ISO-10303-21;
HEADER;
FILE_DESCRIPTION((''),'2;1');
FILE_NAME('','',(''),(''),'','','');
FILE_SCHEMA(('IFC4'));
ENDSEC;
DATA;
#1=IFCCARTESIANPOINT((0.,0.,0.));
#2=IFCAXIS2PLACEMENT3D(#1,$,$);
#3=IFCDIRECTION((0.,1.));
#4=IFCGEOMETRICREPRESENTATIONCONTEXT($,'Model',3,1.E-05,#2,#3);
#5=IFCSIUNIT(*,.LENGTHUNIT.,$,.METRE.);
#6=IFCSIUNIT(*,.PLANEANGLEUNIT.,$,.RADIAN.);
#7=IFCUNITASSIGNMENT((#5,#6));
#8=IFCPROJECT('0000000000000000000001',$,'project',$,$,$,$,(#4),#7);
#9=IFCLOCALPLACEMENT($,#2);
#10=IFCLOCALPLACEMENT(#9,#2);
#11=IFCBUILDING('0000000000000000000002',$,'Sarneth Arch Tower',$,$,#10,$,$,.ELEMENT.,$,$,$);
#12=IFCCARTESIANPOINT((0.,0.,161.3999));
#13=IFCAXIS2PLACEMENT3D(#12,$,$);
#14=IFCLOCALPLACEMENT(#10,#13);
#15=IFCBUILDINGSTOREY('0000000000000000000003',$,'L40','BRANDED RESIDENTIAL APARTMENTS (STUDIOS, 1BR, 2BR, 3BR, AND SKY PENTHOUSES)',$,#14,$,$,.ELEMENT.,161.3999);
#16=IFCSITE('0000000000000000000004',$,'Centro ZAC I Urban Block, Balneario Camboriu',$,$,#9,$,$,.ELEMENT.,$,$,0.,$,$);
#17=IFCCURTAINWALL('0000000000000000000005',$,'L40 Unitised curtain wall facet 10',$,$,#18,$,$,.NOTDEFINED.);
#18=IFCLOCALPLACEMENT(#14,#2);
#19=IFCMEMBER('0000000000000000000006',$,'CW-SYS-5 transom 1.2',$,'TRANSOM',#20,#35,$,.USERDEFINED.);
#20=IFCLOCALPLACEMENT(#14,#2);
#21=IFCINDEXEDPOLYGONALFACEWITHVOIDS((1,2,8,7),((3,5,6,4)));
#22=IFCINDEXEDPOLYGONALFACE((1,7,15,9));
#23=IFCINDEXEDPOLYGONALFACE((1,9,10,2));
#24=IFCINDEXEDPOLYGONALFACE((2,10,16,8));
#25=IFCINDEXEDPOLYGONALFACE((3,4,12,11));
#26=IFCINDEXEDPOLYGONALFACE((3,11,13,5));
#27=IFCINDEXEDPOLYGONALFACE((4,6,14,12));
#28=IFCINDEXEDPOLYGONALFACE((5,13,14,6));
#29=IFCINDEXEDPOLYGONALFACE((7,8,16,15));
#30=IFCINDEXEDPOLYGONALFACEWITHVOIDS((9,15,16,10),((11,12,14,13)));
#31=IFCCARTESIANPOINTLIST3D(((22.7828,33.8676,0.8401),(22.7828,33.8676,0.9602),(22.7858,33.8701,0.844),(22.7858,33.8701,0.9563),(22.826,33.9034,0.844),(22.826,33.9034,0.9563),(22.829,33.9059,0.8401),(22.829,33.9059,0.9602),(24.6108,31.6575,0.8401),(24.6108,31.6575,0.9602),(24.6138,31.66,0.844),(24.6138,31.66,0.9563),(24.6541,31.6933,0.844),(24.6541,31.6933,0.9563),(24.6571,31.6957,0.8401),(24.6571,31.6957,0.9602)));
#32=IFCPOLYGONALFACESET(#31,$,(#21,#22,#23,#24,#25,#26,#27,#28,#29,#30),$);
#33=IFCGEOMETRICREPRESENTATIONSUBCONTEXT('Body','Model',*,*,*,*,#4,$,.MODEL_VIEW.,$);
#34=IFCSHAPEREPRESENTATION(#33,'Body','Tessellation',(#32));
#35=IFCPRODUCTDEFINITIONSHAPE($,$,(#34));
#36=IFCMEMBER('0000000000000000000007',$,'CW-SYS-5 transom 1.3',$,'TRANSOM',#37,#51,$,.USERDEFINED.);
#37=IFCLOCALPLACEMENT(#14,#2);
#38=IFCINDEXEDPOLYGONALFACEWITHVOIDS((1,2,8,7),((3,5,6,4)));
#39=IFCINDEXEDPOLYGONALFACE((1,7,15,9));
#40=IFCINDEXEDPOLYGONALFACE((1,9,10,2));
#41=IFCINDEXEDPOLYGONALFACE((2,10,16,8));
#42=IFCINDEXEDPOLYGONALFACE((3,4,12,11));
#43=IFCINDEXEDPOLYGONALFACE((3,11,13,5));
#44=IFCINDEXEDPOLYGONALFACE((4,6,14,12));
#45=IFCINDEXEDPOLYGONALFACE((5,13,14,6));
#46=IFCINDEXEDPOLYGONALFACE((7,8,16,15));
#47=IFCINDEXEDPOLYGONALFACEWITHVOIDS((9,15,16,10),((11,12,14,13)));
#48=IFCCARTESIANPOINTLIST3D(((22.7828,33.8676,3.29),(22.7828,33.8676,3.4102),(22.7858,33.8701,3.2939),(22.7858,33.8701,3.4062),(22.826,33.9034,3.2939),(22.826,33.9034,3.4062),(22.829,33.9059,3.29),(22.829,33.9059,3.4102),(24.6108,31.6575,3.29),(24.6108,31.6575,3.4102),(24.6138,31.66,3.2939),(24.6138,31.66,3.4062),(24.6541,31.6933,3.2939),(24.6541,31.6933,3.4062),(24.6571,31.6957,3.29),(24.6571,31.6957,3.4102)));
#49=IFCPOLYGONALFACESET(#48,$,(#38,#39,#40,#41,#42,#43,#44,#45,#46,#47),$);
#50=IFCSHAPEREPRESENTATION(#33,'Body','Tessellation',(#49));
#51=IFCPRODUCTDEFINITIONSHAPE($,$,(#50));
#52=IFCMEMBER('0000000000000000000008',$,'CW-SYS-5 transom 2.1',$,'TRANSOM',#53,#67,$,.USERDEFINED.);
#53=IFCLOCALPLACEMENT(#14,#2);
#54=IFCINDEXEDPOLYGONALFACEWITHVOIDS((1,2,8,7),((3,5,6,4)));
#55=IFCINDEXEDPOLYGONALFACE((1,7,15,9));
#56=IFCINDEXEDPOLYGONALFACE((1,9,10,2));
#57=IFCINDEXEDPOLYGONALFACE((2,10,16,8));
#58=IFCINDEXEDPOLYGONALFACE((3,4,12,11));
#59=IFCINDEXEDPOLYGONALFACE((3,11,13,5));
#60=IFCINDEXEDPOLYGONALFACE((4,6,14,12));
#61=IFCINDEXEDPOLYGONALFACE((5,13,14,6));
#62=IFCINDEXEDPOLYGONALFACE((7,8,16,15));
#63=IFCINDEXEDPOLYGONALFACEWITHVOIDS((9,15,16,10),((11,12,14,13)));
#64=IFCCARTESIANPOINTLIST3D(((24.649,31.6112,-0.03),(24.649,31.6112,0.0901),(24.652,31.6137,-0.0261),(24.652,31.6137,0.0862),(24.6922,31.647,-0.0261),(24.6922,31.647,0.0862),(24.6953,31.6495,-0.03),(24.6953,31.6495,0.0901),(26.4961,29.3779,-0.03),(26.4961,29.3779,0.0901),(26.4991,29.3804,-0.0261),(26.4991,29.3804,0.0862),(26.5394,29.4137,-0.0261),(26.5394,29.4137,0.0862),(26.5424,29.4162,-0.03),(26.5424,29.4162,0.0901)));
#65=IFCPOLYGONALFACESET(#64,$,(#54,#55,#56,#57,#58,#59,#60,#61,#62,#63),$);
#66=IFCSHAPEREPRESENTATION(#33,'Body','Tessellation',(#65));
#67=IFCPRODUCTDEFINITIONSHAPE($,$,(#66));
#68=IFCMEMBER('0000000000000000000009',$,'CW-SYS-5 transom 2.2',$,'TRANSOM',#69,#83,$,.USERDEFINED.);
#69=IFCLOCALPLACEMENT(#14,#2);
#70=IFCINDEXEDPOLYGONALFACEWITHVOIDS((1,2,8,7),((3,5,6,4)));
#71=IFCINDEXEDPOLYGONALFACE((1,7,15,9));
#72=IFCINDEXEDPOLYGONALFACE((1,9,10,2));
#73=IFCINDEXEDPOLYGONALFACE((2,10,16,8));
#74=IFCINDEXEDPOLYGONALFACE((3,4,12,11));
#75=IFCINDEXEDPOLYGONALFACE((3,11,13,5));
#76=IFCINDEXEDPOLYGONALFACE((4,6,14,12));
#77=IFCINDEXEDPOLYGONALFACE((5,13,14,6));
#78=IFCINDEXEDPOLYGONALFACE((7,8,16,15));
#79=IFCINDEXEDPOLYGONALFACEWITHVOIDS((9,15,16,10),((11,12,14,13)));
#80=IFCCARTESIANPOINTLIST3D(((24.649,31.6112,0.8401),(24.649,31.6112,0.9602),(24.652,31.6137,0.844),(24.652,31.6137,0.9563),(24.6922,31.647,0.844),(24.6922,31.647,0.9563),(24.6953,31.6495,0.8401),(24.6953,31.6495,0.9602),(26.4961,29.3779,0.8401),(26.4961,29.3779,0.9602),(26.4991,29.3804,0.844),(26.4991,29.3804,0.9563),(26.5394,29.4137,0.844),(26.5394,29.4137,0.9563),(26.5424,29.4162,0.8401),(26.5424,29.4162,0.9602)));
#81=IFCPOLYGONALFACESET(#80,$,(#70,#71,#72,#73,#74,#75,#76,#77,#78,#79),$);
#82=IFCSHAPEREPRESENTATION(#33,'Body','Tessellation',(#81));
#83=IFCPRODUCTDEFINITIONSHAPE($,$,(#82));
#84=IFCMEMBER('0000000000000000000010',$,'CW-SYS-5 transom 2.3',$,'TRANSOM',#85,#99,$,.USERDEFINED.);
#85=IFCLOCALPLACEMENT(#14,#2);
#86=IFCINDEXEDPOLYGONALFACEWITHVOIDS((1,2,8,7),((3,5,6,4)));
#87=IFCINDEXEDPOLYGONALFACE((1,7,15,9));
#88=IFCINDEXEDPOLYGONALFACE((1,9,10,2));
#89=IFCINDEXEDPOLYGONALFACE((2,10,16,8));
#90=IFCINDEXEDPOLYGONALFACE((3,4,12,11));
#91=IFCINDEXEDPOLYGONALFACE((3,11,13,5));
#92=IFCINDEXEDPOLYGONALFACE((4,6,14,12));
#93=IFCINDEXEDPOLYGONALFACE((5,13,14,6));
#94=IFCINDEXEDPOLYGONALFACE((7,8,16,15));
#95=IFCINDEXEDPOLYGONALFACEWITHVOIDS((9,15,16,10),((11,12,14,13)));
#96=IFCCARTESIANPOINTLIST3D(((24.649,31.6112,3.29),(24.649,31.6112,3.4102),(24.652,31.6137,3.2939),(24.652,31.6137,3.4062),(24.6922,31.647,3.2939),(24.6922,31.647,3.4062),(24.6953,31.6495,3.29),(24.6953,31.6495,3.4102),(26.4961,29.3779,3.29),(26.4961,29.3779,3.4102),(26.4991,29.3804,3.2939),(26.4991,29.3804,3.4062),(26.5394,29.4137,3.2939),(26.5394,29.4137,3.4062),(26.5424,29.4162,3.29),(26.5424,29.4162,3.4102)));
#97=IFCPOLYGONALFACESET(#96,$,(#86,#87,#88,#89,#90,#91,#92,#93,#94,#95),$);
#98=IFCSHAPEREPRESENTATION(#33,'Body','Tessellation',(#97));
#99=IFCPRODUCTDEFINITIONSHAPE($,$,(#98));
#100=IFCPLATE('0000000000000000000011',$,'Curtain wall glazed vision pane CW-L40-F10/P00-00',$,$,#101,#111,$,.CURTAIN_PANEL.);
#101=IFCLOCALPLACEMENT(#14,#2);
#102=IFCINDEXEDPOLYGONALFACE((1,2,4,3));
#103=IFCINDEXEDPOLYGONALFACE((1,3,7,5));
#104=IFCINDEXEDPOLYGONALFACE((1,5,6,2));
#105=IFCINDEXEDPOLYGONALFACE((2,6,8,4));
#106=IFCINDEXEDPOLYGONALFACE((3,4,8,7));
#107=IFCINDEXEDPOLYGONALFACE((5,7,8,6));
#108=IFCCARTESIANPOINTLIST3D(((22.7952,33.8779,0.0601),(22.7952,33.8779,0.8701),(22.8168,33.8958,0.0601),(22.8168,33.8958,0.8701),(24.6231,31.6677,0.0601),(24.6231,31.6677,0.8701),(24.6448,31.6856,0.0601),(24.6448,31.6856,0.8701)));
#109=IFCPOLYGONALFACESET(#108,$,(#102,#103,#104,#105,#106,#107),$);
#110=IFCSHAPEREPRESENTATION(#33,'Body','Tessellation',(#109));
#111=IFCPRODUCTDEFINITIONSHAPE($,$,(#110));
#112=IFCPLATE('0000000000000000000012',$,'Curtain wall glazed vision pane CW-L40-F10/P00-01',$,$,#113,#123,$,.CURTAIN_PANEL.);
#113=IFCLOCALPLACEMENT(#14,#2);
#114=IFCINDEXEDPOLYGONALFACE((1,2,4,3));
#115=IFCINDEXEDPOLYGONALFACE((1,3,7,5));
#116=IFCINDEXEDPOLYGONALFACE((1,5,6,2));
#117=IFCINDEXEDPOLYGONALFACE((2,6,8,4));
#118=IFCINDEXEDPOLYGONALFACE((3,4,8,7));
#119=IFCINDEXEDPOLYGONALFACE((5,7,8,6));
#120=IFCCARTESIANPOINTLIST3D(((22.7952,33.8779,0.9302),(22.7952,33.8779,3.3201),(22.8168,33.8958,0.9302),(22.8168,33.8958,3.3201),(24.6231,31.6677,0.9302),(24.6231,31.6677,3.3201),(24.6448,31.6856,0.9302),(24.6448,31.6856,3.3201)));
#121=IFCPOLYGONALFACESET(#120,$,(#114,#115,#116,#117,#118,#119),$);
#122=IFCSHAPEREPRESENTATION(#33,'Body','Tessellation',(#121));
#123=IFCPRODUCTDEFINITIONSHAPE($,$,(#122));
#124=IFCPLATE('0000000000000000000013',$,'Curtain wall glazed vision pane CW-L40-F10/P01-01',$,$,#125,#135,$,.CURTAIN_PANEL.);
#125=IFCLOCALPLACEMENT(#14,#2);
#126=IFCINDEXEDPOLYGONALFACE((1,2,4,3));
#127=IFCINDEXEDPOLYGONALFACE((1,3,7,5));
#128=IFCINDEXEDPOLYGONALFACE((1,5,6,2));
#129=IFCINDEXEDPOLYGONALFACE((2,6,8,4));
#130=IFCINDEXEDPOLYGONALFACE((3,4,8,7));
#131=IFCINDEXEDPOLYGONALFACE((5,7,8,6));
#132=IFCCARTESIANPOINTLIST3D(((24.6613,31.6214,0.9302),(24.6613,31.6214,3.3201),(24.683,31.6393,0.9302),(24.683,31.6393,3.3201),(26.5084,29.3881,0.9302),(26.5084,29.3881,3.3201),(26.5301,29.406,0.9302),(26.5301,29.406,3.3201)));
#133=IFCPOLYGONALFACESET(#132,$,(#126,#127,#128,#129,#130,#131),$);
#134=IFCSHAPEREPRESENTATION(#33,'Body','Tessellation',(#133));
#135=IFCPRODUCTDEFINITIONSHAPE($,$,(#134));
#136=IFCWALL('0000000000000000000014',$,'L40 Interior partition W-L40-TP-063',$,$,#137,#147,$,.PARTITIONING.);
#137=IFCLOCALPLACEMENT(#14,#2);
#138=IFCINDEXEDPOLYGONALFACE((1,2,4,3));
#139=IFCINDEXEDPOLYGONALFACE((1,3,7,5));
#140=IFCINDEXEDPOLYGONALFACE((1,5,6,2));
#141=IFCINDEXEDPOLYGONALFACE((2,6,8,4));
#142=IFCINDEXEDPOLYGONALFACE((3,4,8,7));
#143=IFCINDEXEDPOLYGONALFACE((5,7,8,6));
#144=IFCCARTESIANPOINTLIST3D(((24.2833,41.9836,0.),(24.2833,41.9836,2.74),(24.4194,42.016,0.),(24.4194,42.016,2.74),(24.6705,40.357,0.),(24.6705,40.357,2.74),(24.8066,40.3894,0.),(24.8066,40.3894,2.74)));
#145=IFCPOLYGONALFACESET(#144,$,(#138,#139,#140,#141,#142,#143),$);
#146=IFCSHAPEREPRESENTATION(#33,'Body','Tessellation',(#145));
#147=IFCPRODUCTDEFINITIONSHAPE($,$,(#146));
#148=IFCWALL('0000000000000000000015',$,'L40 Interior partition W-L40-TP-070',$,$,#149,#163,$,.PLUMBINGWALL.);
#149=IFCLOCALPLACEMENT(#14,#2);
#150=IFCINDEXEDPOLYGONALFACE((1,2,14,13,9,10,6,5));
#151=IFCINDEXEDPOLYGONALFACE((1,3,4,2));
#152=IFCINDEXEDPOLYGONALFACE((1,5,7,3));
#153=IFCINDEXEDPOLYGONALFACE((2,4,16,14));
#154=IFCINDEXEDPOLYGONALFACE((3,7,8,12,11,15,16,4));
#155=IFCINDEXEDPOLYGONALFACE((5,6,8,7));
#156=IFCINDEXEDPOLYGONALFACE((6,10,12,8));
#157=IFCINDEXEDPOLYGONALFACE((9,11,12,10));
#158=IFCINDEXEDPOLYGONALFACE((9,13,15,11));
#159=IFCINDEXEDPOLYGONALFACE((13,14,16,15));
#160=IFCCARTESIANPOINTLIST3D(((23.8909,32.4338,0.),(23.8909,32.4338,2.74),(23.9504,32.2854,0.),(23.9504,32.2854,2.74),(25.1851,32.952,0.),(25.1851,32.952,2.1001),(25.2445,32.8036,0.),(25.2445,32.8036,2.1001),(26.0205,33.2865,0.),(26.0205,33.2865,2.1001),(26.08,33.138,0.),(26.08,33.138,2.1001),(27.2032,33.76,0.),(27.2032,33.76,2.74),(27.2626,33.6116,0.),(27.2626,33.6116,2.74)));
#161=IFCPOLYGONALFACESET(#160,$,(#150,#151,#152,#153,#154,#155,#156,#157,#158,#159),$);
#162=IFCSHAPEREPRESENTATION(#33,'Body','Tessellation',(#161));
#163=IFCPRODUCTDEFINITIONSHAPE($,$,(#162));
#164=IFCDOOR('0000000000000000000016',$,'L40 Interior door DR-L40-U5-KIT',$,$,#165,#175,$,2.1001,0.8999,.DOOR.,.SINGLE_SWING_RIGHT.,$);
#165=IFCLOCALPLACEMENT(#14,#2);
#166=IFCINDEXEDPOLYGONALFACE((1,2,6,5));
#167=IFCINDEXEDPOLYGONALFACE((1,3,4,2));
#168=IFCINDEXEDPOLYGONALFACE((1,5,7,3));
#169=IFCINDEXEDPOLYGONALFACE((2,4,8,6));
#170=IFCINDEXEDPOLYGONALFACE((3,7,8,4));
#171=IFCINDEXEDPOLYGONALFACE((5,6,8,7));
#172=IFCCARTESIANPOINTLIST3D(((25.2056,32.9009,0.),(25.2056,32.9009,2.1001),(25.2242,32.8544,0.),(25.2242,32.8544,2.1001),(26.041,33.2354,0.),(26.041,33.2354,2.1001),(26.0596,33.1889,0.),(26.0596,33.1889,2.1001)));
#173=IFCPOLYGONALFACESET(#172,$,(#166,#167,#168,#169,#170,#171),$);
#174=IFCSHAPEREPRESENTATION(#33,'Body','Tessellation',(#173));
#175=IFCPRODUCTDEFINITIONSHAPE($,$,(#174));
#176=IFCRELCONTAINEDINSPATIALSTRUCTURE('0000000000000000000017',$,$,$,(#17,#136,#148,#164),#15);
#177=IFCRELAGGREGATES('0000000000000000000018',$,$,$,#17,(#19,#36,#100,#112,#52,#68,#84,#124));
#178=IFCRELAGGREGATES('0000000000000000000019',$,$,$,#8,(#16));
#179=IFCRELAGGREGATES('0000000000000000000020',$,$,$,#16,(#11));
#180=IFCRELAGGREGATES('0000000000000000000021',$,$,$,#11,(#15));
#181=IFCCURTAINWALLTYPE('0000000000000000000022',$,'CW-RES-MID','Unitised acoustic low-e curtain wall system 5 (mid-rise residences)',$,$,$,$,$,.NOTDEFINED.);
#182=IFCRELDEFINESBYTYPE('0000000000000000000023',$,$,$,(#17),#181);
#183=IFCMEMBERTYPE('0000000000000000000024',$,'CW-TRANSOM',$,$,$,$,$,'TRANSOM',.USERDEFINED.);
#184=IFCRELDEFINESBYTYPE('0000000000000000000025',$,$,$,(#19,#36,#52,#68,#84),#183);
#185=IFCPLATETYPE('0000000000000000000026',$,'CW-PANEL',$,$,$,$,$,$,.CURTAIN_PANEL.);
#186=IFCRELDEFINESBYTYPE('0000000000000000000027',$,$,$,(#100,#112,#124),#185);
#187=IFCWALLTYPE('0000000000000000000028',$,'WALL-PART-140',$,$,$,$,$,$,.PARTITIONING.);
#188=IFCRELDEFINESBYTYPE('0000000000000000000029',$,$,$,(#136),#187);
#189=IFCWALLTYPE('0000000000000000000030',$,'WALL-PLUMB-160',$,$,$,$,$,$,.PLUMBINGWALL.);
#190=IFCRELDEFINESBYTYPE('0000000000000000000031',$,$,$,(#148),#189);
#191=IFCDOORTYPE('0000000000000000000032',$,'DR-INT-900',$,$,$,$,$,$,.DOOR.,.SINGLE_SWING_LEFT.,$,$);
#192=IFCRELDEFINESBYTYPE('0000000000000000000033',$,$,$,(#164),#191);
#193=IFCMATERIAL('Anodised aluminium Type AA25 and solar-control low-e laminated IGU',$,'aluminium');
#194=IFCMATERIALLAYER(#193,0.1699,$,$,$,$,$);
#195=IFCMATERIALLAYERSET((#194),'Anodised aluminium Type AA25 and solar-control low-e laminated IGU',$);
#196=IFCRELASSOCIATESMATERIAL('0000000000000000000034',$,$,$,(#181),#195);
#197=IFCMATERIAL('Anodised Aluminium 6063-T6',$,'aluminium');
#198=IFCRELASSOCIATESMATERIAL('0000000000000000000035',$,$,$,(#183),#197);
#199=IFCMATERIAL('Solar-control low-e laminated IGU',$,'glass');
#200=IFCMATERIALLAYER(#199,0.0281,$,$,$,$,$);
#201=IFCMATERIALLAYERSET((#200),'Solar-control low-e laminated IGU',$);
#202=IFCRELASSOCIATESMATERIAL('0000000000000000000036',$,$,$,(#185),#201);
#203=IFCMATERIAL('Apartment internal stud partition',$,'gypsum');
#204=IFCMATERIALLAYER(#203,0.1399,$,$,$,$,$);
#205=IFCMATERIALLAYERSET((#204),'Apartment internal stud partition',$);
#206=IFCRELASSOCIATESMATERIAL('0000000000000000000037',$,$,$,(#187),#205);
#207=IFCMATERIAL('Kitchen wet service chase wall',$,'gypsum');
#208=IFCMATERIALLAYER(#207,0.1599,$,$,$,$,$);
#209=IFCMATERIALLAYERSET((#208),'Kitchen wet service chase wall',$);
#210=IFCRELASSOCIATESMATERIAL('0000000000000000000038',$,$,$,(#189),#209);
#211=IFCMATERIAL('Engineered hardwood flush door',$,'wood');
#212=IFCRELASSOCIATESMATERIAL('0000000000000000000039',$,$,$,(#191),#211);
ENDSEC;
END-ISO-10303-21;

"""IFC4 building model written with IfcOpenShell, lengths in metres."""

from ifc_helpers import new_model, si_unit, direction, frame, frame_2d, origin, origin_2d, place, context, subcontext, project, spatial, rectangle, hollow_rectangle, extrude, material, layer, layer_set, material_profile, profile_set, type_object, element, fill, aggregate, save


model = new_model("IFC4")

# Units and contexts
model_context = context("Model", 3, precision=1e-05, world=origin(), true_north=direction((0.0, 1.0)))
body_context = subcontext(model_context, "Body", "Model", "MODEL_VIEW")
ifc_project = project(units=[si_unit("LENGTHUNIT", "METRE"), si_unit("PLANEANGLEUNIT", "RADIAN")], contexts=[model_context])

# Site, building, storey
site_placement = place(None, origin())
site = spatial("IfcSite", under=ifc_project, at=site_placement, Name="Centro ZAC I Urban Block, Balneario Camboriu", CompositionType="ELEMENT", RefElevation=0.0)
building_placement = place(site_placement, origin())
building = spatial("IfcBuilding", under=site, at=building_placement, Name="Sarneth Arch Tower", CompositionType="ELEMENT")
storey_placement = place(building_placement, frame((0.0, 0.0, 161.3999)))
storey = spatial("IfcBuildingStorey", under=building, at=storey_placement, Name="L40", Description="BRANDED RESIDENTIAL APARTMENTS (STUDIOS, 1BR, 2BR, 3BR, AND SKY PENTHOUSES)", CompositionType="ELEMENT", Elevation=161.3999)

# Curtain wall, members, plates
ifc_material_1 = material(Name="Anodised aluminium Type AA25 and solar-control low-e laminated IGU", Category="aluminium")
ifc_layer_1 = layer(ifc_material_1, 0.1699)
ifc_layer_set_1 = layer_set([ifc_layer_1], Name="Anodised aluminium Type AA25 and solar-control low-e laminated IGU")
curtain_wall_type = type_object("IfcCurtainWallType", Name="CW-RES-MID", Description="Unitised acoustic low-e curtain wall system 5 (mid-rise residences)", PredefinedType="NOTDEFINED", material=ifc_layer_set_1)
curtain_wall_placement = place(storey_placement, origin())
curtain_wall = element("IfcCurtainWall", 1, at=curtain_wall_placement, inside=storey, type_object=curtain_wall_type, Name="L40 Unitised curtain wall facet 10", PredefinedType="NOTDEFINED")
ifc_material_2 = material(Name="Anodised Aluminium 6063-T6", Category="aluminium")
ifc_material_profile_1 = material_profile(ifc_material_2, hollow_rectangle(XDim=0.0601, YDim=0.1201, WallThickness=0.0039, at=origin_2d()), Name="AL-TRAN-120x60x4")
ifc_profile_set_1 = profile_set([ifc_material_profile_1], Name="Anodised Aluminium 6063-T6")
member_type_1 = type_object("IfcMemberType", Name="CW-TRANSOM", ElementType="TRANSOM", PredefinedType="USERDEFINED", material=ifc_profile_set_1)
member_1_placement = place(storey_placement, frame((22.8059, 33.8867, 0.9001), z_axis=(0.637359, -0.770567, 0.0), x_axis=(0.770567, 0.637359, 0.0)))
member_1 = element("IfcMember", 2, at=member_1_placement, type_object=member_type_1, Name="CW-SYS-5 transom 1.2", ObjectType="TRANSOM", PredefinedType="USERDEFINED", context=body_context, shape_type="SweptSolid", body=[
    extrude(hollow_rectangle(XDim=0.0601, YDim=0.1201, WallThickness=0.0039, at=origin_2d()), origin(), (0.0, 0.0, 1.0), 2.8682),
])
member_2_placement = place(storey_placement, frame((22.8059, 33.8867, 3.3501), z_axis=(0.637359, -0.770567, 0.0), x_axis=(0.770567, 0.637359, 0.0)))
member_2 = element("IfcMember", 3, at=member_2_placement, type_object=member_type_1, Name="CW-SYS-5 transom 1.3", ObjectType="TRANSOM", PredefinedType="USERDEFINED", context=body_context, shape_type="SweptSolid", body=[
    extrude(hollow_rectangle(XDim=0.0601, YDim=0.1201, WallThickness=0.0039, at=origin_2d()), origin(), (0.0, 0.0, 1.0), 2.8682),
])
member_3_placement = place(storey_placement, frame((24.6721, 31.6304, 0.03), z_axis=(0.63733, -0.770591, 0.0), x_axis=(0.770591, 0.63733, 0.0)))
member_3 = element("IfcMember", 4, at=member_3_placement, type_object=member_type_1, Name="CW-SYS-5 transom 2.1", ObjectType="TRANSOM", PredefinedType="USERDEFINED", context=body_context, shape_type="SweptSolid", body=[
    extrude(hollow_rectangle(XDim=0.0601, YDim=0.1201, WallThickness=0.0039, at=origin_2d()), origin(), (0.0, 0.0, 1.0), 2.8982),
])
member_4_placement = place(storey_placement, frame((24.6721, 31.6304, 0.9001), z_axis=(0.63733, -0.770591, 0.0), x_axis=(0.770591, 0.63733, 0.0)))
member_4 = element("IfcMember", 5, at=member_4_placement, type_object=member_type_1, Name="CW-SYS-5 transom 2.2", ObjectType="TRANSOM", PredefinedType="USERDEFINED", context=body_context, shape_type="SweptSolid", body=[
    extrude(hollow_rectangle(XDim=0.0601, YDim=0.1201, WallThickness=0.0039, at=origin_2d()), origin(), (0.0, 0.0, 1.0), 2.8982),
])
member_5_placement = place(storey_placement, frame((24.6721, 31.6304, 3.3501), z_axis=(0.63733, -0.770591, 0.0), x_axis=(0.770591, 0.63733, 0.0)))
member_5 = element("IfcMember", 6, at=member_5_placement, type_object=member_type_1, Name="CW-SYS-5 transom 2.3", ObjectType="TRANSOM", PredefinedType="USERDEFINED", context=body_context, shape_type="SweptSolid", body=[
    extrude(hollow_rectangle(XDim=0.0601, YDim=0.1201, WallThickness=0.0039, at=origin_2d()), origin(), (0.0, 0.0, 1.0), 2.8982),
])
ifc_material_3 = material(Name="Solar-control low-e laminated IGU", Category="glass")
ifc_layer_2 = layer(ifc_material_3, 0.0281)
ifc_layer_set_2 = layer_set([ifc_layer_2], Name="Solar-control low-e laminated IGU")
plate_type = type_object("IfcPlateType", Name="CW-PANEL", PredefinedType="CURTAIN_PANEL", material=ifc_layer_set_2)
plate_1_placement = place(storey_placement, frame((23.72, 32.7817, 0.0601), z_axis=(0.0, 0.0, 1.0), x_axis=(0.63733, -0.770591, 0.0)))
plate_1 = element("IfcPlate", 7, at=plate_1_placement, type_object=plate_type, Name="Curtain wall glazed vision pane CW-L40-F10/P00-00", PredefinedType="CURTAIN_PANEL", context=body_context, shape_type="SweptSolid", body=[
    extrude(rectangle(XDim=2.8682, YDim=0.0281, at=origin_2d()), origin(), (0.0, 0.0, 1.0), 0.8101),
])
plate_2_placement = place(storey_placement, frame((23.72, 32.7817, 0.9302), z_axis=(0.0, 0.0, 1.0), x_axis=(0.63733, -0.770591, 0.0)))
plate_2 = element("IfcPlate", 8, at=plate_2_placement, type_object=plate_type, Name="Curtain wall glazed vision pane CW-L40-F10/P00-01", PredefinedType="CURTAIN_PANEL", context=body_context, shape_type="SweptSolid", body=[
    extrude(rectangle(XDim=2.8682, YDim=0.0281, at=origin_2d()), origin(), (0.0, 0.0, 1.0), 2.3899),
])
plate_3_placement = place(storey_placement, frame((25.5957, 30.5137, 0.9302), z_axis=(0.0, 0.0, 1.0), x_axis=(0.63733, -0.770591, 0.0)))
plate_3 = element("IfcPlate", 9, at=plate_3_placement, type_object=plate_type, Name="Curtain wall glazed vision pane CW-L40-F10/P01-01", PredefinedType="CURTAIN_PANEL", context=body_context, shape_type="SweptSolid", body=[
    extrude(rectangle(XDim=2.8982, YDim=0.0281, at=origin_2d()), origin(), (0.0, 0.0, 1.0), 2.3899),
])
aggregate(curtain_wall, [member_1, member_2, plate_1, plate_2, member_3, member_4, member_5, plate_3])

# Wall
ifc_material_4 = material(Name="Apartment internal stud partition", Category="gypsum")
ifc_layer_3 = layer(ifc_material_4, 0.1399)
ifc_layer_set_3 = layer_set([ifc_layer_3], Name="Apartment internal stud partition")
wall_type_1 = type_object("IfcWallType", Name="WALL-PART-140", PredefinedType="PARTITIONING", material=ifc_layer_set_3)
wall_1_placement = place(storey_placement, frame((24.7385, 40.3733, 0.0), z_axis=(0.0, 0.0, 1.0), x_axis=(-0.231561, 0.97282, 0.0)))
element("IfcWall", 10, at=wall_1_placement, inside=storey, type_object=wall_type_1, Name="L40 Interior partition W-L40-TP-063", PredefinedType="PARTITIONING", context=body_context, shape_type="SweptSolid", body=[
    extrude(rectangle(XDim=1.6721, YDim=0.1399, at=frame_2d((0.8359, 0.0))), origin(), (0.0, 0.0, 1.0), 2.74),
])

# Wall, opening, door
ifc_material_5 = material(Name="Kitchen wet service chase wall", Category="gypsum")
ifc_layer_4 = layer(ifc_material_5, 0.1599)
ifc_layer_set_4 = layer_set([ifc_layer_4], Name="Kitchen wet service chase wall")
wall_type_2 = type_object("IfcWallType", Name="WALL-PLUMB-160", PredefinedType="PLUMBINGWALL", material=ifc_layer_set_4)
wall_2_placement = place(storey_placement, frame((23.9207, 32.3596, 0.0), z_axis=(0.0, 0.0, 1.0), x_axis=(0.928354, 0.371697, 0.0)))
wall_2 = element("IfcWall", 11, at=wall_2_placement, inside=storey, type_object=wall_type_2, Name="L40 Interior partition W-L40-TP-070", PredefinedType="PLUMBINGWALL", context=body_context, shape_type="SweptSolid", body=[
    extrude(rectangle(XDim=3.5679, YDim=0.1599, at=frame_2d((1.7839, 0.0))), origin(), (0.0, 0.0, 1.0), 2.74),
])
opening_1_placement = place(wall_2_placement, frame((1.394, 0.0, 0.0)))
opening_1 = element("IfcOpeningElement", 12, at=opening_1_placement, cuts=wall_2, PredefinedType="OPENING", context=body_context, shape_type="SweptSolid", body=[
    extrude(rectangle(XDim=0.8999, YDim=2.1001, at=frame_2d((0.45, 1.05))), frame((0.0, 0.0898, 0.0), z_axis=(0.0, -1.0, 0.0), x_axis=(1.0, 0.0, 0.0)), (0.0, 0.0, 1.0), 0.1799),
])
ifc_material_6 = material(Name="Engineered hardwood flush door", Category="wood")
door_type_1 = type_object("IfcDoorType", Name="DR-INT-900", OperationType="SINGLE_SWING_LEFT", PredefinedType="DOOR", material=ifc_material_6)
door_1_placement = place(opening_1_placement, origin())
door_1 = element("IfcDoor", 13, at=door_1_placement, inside=storey, type_object=door_type_1, Name="L40 Interior door DR-L40-U5-KIT", OperationType="SINGLE_SWING_RIGHT", OverallHeight=2.1001, OverallWidth=0.8999, PredefinedType="DOOR", context=body_context, shape_type="SweptSolid", body=[
    extrude(rectangle(XDim=0.8999, YDim=2.1001, at=frame_2d((0.45, 1.05))), frame((0.0, 0.0249, 0.0), z_axis=(0.0, -1.0, 0.0), x_axis=(1.0, 0.0, 0.0)), (0.0, 0.0, 1.0), 0.05),
])
fill(opening_1, door_1)

save(model, "model.ifc")
